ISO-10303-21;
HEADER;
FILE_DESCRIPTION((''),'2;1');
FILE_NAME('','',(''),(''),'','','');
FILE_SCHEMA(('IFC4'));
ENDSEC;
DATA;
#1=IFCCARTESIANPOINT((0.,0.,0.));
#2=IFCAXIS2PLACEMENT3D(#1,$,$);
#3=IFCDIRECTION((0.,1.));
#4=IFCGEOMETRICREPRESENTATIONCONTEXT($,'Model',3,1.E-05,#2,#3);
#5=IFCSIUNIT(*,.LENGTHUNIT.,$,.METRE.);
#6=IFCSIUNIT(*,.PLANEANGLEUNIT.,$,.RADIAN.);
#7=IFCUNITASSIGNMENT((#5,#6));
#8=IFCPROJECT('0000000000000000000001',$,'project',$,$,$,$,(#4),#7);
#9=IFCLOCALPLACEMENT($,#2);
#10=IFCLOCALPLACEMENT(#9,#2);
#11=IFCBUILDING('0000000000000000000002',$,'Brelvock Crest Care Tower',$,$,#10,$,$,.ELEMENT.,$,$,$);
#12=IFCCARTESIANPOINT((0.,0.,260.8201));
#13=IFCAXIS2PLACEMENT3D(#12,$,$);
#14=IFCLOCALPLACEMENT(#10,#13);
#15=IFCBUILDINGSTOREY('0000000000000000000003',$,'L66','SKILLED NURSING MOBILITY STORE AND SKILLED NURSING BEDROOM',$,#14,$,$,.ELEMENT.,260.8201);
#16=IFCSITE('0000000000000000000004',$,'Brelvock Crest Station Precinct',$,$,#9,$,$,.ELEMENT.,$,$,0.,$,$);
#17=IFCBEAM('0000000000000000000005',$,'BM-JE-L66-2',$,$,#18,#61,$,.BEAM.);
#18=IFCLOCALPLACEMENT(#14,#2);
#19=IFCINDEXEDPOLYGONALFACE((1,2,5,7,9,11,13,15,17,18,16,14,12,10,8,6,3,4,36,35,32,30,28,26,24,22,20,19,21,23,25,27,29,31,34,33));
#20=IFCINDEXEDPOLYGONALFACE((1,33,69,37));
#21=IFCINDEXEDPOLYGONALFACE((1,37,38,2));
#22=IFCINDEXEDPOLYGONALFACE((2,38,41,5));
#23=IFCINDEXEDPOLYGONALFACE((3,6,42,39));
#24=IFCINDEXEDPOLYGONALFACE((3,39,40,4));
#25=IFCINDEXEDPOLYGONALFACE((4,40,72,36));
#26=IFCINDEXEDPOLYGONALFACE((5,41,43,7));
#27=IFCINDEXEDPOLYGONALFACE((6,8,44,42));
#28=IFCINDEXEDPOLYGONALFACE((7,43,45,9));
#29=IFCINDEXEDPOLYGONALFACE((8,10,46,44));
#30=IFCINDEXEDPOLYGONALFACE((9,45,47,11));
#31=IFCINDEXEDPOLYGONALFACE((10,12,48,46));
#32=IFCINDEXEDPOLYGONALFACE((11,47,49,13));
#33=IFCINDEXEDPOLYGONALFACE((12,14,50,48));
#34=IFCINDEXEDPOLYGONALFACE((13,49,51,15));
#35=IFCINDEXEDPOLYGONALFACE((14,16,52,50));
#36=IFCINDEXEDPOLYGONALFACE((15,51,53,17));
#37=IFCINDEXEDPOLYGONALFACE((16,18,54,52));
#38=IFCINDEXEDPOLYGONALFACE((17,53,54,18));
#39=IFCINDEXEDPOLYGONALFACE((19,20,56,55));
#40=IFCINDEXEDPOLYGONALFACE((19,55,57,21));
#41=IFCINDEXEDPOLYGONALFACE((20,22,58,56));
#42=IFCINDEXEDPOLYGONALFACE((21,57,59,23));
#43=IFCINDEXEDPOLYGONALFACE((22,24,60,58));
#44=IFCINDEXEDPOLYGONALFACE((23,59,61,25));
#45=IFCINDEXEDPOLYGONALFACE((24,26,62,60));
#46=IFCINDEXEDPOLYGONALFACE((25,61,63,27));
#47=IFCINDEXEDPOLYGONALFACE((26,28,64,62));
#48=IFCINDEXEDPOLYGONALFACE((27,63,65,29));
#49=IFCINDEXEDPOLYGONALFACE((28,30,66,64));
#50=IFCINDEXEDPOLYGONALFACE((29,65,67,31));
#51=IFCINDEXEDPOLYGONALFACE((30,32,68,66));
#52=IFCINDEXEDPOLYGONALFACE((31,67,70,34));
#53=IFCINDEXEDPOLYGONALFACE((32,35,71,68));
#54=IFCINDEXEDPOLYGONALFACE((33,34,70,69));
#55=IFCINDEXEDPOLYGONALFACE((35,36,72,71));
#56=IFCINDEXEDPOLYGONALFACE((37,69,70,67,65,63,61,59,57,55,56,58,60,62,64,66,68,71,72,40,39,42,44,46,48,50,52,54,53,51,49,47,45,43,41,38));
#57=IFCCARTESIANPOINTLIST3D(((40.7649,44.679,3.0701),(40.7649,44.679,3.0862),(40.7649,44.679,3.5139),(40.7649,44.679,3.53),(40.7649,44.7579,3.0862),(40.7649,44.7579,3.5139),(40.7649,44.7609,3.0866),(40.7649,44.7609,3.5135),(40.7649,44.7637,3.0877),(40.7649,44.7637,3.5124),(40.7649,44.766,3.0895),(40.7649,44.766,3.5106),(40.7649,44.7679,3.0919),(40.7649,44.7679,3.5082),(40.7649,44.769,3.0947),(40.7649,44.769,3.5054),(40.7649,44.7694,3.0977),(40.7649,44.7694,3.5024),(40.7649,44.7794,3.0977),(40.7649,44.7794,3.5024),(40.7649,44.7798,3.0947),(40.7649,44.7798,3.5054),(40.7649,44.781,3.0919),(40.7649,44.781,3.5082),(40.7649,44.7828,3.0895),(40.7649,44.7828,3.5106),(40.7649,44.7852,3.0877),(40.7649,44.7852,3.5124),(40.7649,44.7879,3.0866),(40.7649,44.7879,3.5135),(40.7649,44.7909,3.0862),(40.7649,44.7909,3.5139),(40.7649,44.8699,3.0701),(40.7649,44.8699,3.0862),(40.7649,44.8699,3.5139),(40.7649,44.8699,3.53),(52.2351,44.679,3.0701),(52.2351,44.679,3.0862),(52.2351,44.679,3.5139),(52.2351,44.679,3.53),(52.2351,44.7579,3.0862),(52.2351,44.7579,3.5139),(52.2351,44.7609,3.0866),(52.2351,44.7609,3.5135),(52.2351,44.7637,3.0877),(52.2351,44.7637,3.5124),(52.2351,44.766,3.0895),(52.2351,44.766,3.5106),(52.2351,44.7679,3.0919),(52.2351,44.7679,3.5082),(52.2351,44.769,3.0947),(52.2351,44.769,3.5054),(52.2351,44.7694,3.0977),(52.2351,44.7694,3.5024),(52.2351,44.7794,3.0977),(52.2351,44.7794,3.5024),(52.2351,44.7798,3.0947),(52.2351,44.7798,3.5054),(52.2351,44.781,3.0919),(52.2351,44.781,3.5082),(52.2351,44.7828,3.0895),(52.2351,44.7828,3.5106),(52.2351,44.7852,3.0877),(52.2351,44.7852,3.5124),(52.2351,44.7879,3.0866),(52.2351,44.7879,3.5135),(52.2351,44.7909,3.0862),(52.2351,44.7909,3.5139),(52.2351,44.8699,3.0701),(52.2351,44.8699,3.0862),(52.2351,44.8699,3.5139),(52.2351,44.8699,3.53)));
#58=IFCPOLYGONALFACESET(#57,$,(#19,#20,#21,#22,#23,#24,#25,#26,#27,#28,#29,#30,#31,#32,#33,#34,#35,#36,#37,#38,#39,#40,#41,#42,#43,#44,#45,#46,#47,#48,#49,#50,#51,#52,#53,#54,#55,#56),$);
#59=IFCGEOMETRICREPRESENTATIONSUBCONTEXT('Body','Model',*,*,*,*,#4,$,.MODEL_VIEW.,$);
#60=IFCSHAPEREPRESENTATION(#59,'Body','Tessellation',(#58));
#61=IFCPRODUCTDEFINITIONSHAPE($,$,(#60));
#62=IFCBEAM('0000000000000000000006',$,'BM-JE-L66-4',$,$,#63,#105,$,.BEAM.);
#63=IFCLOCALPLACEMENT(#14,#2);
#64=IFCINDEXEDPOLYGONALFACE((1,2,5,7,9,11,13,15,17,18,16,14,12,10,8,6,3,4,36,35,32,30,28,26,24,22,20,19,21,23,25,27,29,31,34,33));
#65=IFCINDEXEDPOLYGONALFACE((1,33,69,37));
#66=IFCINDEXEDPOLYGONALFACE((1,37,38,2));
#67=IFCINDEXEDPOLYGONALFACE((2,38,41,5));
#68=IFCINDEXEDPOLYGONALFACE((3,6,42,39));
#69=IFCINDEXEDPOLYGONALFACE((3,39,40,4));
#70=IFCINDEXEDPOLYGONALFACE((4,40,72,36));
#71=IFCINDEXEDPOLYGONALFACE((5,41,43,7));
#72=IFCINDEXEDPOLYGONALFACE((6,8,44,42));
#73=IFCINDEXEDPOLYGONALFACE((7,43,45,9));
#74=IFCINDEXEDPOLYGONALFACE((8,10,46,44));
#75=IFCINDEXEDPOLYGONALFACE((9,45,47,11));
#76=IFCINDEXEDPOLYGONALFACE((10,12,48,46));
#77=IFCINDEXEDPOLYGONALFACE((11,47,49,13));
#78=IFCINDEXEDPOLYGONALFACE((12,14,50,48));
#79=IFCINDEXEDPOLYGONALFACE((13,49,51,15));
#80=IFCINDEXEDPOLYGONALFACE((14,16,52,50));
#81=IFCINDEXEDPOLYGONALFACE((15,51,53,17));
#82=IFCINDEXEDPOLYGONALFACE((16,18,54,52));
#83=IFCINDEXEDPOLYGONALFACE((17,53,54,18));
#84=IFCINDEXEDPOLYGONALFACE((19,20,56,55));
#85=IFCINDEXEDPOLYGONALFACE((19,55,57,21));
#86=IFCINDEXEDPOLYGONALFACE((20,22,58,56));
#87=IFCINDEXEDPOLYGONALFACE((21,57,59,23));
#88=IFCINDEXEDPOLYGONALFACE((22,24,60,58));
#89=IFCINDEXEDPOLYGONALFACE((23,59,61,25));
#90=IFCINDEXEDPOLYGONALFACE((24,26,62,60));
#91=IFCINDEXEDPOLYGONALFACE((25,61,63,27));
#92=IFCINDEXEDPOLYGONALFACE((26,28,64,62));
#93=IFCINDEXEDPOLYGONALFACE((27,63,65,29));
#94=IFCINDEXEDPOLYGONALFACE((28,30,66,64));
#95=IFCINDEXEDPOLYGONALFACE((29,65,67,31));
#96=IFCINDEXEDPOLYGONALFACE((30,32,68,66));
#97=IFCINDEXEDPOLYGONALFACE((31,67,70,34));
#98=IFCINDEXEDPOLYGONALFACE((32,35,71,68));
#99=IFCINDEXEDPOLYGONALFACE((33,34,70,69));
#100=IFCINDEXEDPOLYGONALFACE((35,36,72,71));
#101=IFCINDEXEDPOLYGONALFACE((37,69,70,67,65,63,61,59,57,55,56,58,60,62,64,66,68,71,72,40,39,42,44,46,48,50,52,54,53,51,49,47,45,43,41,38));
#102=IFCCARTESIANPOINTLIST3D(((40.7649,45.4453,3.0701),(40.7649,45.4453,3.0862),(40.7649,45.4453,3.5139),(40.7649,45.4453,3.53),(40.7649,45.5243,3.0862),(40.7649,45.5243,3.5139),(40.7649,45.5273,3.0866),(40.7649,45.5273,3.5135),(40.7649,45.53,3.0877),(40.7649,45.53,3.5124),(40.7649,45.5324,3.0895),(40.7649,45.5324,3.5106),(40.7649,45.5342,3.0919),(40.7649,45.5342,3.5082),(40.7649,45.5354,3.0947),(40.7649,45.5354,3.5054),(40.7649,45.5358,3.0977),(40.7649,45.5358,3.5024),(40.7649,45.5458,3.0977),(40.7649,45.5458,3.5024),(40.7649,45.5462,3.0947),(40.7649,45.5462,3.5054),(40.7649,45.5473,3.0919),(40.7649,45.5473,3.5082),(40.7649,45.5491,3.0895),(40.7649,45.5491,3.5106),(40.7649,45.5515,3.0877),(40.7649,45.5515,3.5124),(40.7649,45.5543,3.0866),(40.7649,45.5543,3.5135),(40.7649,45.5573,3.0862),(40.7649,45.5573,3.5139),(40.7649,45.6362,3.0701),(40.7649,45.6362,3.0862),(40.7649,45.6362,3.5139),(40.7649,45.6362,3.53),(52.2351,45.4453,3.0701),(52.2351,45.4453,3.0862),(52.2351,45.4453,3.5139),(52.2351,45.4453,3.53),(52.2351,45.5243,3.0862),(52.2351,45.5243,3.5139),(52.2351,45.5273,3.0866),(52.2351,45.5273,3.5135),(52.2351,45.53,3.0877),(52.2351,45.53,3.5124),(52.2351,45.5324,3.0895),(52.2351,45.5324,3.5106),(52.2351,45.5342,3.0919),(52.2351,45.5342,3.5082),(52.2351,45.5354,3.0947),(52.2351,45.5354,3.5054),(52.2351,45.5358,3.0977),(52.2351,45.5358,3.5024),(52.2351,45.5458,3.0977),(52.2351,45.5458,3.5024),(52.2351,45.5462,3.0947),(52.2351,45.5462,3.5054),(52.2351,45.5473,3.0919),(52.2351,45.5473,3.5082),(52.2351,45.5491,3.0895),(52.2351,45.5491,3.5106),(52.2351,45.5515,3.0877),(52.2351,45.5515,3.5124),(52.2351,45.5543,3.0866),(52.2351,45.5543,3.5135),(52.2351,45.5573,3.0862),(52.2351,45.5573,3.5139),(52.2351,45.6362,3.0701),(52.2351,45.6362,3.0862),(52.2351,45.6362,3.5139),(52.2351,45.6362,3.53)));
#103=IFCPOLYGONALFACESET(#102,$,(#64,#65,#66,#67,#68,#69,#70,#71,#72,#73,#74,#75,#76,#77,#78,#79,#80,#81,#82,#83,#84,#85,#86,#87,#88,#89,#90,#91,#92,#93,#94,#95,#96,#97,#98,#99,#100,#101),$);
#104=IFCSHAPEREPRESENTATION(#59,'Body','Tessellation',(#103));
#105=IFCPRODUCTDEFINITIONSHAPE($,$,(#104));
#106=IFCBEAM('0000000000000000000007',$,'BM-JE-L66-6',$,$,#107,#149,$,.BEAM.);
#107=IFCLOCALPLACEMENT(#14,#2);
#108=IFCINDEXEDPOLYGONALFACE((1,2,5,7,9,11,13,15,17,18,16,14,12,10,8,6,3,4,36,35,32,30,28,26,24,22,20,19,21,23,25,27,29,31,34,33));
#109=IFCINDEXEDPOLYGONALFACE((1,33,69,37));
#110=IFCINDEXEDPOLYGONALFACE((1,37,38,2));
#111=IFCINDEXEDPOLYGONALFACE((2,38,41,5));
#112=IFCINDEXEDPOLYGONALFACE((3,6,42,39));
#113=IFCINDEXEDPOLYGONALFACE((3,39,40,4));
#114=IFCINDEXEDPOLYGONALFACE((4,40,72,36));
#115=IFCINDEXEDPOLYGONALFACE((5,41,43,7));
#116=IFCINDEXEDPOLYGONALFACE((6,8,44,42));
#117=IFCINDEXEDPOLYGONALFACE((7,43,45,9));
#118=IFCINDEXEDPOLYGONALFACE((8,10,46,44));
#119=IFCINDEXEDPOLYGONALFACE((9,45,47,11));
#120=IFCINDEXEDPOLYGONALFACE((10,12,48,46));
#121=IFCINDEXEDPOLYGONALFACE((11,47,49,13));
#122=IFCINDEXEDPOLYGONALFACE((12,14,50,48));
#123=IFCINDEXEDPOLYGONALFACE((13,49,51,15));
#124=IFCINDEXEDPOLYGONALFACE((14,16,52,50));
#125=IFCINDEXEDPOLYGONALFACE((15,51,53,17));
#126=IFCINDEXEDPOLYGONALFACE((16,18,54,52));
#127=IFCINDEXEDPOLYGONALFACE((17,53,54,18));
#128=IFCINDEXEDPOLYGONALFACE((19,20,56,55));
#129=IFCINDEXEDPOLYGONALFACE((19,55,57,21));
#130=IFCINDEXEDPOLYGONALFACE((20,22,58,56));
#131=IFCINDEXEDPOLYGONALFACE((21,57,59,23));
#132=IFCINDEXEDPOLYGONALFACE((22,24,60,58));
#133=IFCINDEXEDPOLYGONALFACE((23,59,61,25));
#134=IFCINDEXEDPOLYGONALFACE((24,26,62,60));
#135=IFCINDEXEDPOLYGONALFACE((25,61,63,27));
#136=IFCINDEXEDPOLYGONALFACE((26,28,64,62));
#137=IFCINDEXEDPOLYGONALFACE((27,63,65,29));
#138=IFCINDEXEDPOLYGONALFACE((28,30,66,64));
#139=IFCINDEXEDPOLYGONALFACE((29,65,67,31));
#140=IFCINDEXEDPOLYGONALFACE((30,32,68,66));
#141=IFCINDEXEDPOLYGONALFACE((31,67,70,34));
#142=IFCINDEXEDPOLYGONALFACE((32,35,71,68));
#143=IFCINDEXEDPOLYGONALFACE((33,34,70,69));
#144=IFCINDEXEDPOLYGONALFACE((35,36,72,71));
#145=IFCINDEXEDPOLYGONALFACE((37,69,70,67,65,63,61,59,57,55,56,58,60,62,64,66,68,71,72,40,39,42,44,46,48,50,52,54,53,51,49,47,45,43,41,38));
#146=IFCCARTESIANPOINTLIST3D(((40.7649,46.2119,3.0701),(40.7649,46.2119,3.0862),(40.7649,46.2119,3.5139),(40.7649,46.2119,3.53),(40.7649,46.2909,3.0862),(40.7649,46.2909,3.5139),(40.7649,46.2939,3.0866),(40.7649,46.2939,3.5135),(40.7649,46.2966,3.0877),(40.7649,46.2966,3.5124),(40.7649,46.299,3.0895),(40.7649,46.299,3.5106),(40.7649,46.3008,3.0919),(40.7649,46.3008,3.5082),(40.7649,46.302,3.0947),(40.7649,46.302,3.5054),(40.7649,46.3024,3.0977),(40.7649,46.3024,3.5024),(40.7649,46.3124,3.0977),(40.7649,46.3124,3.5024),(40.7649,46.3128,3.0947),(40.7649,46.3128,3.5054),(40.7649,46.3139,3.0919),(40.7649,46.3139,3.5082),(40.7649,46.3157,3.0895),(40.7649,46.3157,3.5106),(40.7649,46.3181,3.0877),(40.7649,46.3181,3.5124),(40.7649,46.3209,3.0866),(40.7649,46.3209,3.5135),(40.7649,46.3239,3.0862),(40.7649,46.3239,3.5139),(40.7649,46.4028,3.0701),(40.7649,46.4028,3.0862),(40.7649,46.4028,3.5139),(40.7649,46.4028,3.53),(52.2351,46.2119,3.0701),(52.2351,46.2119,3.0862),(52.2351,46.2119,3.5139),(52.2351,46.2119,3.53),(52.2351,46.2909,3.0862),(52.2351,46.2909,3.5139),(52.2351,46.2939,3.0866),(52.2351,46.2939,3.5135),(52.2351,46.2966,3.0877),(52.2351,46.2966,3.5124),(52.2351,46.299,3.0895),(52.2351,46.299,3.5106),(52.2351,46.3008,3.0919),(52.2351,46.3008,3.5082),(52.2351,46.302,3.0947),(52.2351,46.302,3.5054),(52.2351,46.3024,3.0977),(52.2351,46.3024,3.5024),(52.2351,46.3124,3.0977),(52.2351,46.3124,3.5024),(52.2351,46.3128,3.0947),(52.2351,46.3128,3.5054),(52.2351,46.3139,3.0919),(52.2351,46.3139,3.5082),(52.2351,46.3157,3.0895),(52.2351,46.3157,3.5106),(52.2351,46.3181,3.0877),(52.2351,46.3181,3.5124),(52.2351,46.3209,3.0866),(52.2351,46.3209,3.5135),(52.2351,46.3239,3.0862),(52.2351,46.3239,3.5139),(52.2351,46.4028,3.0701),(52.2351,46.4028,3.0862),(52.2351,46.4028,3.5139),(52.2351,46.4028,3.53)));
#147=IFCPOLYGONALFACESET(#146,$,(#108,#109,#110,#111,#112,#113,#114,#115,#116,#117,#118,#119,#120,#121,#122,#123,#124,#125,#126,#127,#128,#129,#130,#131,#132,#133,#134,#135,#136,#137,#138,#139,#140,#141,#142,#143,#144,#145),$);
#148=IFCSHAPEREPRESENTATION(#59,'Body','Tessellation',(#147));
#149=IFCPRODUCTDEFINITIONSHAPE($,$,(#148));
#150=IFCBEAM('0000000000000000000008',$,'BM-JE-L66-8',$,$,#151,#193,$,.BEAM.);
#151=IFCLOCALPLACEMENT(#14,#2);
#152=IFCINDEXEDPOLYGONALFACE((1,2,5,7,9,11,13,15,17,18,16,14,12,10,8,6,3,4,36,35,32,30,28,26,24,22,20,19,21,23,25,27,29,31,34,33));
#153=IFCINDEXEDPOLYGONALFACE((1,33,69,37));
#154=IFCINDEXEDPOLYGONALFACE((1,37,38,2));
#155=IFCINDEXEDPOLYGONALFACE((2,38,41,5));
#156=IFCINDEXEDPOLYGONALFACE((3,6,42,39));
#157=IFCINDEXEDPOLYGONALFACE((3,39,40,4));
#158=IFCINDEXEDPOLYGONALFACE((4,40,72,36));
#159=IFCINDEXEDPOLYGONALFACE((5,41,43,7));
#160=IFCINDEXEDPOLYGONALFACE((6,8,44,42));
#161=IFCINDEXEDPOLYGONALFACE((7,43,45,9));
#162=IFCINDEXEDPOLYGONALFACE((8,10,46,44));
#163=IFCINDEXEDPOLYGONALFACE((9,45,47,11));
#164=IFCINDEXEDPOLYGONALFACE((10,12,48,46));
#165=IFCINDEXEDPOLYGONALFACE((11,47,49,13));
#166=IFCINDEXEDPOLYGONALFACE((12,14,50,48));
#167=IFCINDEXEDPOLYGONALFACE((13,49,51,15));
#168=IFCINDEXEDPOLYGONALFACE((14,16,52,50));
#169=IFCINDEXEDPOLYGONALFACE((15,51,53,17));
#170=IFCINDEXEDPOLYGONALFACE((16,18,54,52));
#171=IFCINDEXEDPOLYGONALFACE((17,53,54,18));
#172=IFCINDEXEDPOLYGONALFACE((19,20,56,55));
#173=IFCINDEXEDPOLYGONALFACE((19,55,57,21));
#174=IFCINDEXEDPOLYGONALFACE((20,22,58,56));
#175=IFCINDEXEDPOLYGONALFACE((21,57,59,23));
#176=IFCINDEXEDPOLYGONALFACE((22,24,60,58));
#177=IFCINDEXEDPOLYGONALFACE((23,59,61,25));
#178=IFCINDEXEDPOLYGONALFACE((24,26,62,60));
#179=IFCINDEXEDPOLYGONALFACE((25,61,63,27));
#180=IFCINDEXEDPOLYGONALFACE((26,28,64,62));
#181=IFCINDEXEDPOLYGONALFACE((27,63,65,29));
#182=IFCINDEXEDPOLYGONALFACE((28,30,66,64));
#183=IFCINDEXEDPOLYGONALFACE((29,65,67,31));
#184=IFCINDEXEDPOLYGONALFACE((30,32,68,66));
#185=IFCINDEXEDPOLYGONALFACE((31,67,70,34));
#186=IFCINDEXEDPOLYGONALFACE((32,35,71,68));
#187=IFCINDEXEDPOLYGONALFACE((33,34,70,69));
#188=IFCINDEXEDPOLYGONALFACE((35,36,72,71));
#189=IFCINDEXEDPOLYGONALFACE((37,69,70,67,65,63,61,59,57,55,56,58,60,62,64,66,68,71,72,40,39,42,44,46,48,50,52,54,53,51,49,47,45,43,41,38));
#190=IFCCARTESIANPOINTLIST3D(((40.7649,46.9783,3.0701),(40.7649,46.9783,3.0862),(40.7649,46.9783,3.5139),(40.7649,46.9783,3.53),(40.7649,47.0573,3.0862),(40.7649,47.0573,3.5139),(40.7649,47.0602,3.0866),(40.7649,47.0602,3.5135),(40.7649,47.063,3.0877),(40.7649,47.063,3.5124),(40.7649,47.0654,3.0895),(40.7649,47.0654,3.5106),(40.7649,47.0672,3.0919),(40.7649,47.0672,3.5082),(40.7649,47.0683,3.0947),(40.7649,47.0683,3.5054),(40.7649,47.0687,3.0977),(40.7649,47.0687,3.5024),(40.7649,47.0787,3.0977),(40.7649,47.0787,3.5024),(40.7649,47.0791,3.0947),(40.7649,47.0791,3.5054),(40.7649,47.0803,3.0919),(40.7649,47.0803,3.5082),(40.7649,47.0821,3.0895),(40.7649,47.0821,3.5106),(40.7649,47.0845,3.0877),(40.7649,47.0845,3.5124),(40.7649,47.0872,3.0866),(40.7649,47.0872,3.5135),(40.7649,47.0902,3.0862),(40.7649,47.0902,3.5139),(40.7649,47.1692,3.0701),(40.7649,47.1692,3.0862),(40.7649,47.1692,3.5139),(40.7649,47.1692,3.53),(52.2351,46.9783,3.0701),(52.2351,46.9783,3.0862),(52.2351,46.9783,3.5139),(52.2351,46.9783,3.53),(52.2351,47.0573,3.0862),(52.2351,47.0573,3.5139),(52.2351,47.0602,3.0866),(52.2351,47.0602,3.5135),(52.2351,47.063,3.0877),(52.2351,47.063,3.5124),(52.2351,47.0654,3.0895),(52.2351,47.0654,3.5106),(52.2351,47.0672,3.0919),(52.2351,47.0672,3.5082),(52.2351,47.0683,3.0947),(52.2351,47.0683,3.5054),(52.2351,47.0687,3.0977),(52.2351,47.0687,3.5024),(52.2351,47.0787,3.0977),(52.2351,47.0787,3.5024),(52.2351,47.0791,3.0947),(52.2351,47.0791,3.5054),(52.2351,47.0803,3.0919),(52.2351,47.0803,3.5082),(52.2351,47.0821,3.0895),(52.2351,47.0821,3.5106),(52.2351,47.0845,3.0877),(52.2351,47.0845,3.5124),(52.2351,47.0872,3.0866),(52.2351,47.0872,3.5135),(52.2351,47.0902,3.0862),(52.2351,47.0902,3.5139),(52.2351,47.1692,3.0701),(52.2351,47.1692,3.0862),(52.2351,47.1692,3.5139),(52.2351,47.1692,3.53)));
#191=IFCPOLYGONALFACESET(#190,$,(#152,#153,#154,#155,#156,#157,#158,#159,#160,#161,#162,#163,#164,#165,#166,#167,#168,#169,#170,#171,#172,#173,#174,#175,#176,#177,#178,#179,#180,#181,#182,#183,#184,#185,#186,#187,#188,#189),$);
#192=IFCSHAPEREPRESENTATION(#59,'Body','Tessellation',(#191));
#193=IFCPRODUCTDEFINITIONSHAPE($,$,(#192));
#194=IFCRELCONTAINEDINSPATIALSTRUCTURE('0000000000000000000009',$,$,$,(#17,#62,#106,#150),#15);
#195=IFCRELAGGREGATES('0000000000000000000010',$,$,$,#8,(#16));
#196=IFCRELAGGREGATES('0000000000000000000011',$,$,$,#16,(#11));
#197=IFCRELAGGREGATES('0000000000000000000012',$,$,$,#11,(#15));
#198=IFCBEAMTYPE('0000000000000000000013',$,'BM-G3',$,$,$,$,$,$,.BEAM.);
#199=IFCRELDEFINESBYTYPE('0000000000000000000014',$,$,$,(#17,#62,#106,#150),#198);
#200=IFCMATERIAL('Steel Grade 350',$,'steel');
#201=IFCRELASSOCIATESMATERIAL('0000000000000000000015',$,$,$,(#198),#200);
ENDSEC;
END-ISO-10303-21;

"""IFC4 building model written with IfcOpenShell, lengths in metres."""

from ifc_helpers import new_model, si_unit, direction, frame, origin, origin_2d, place, context, subcontext, project, spatial, i_section, extrude, source, transform, mapped, material, material_profile, profile_set, type_object, element, save


model = new_model("IFC4")

# Units and contexts
model_context = context("Model", 3, precision=1e-05, world=origin(), true_north=direction((0.0, 1.0)))
body_context = subcontext(model_context, "Body", "Model", "MODEL_VIEW")
ifc_project = project(units=[si_unit("LENGTHUNIT", "METRE"), si_unit("PLANEANGLEUNIT", "RADIAN")], contexts=[model_context])

# Site, building, storey
site_placement = place(None, origin())
site = spatial("IfcSite", under=ifc_project, at=site_placement, Name="Brelvock Crest Station Precinct", CompositionType="ELEMENT", RefElevation=0.0)
building_placement = place(site_placement, origin())
building = spatial("IfcBuilding", under=site, at=building_placement, Name="Brelvock Crest Care Tower", CompositionType="ELEMENT")
storey_placement = place(building_placement, frame((0.0, 0.0, 260.8201)))
storey = spatial("IfcBuildingStorey", under=building, at=storey_placement, Name="L66", Description="SKILLED NURSING MOBILITY STORE AND SKILLED NURSING BEDROOM", CompositionType="ELEMENT", Elevation=260.8201)

# Beams
ifc_material_1 = material(Name="Steel Grade 350", Category="steel")
ifc_material_profile_1 = material_profile(ifc_material_1, i_section(OverallWidth=0.1909, OverallDepth=0.46, WebThickness=0.01, FlangeThickness=0.0161, FilletRadius=0.0115, at=origin_2d()), Name="460UB82.1")
ifc_profile_set_1 = profile_set([ifc_material_profile_1], Name="Steel Grade 350")
beam_type_1 = type_object("IfcBeamType", Name="BM-G3", PredefinedType="BEAM", material=ifc_profile_set_1)
shared_shape_1 = source(origin(), body_context, "Body", "SweptSolid", [
    extrude(i_section(OverallWidth=0.1909, OverallDepth=0.46, WebThickness=0.01, FlangeThickness=0.0161, FilletRadius=0.0115, at=origin_2d()), origin(), (0.0, 0.0, 1.0), 11.4702),
])
for number, where, z_axis, x_axis, name in (
    (1, (40.7649, 44.7744, 3.3), (1.0, 0.0, 0.0), (0.0, 1.0, 0.0), "BM-JE-L66-2"),
    (2, (40.7649, 45.5408, 3.3), (1.0, 0.0, 0.0), (0.0, 1.0, 0.0), "BM-JE-L66-4"),
    (3, (40.7649, 46.3074, 3.3), (1.0, 0.0, 0.0), (0.0, 1.0, 0.0), "BM-JE-L66-6"),
    (4, (40.7649, 47.0737, 3.3), (1.0, 0.0, 0.0), (0.0, 1.0, 0.0), "BM-JE-L66-8"),
):
    element("IfcBeam", number, at=place(storey_placement, frame(where, z_axis=z_axis, x_axis=x_axis)), inside=storey, type_object=beam_type_1, Name=name, PredefinedType="BEAM", context=body_context, shape_type="MappedRepresentation", body=[
        mapped(shared_shape_1, transform((0.0, 0.0, 0.0), x_axis=(1.0, 0.0, 0.0), y_axis=(0.0, 1.0, 0.0), z_axis=(0.0, 0.0, 1.0), scale=1.0)),
    ])

save(model, "model.ifc")
